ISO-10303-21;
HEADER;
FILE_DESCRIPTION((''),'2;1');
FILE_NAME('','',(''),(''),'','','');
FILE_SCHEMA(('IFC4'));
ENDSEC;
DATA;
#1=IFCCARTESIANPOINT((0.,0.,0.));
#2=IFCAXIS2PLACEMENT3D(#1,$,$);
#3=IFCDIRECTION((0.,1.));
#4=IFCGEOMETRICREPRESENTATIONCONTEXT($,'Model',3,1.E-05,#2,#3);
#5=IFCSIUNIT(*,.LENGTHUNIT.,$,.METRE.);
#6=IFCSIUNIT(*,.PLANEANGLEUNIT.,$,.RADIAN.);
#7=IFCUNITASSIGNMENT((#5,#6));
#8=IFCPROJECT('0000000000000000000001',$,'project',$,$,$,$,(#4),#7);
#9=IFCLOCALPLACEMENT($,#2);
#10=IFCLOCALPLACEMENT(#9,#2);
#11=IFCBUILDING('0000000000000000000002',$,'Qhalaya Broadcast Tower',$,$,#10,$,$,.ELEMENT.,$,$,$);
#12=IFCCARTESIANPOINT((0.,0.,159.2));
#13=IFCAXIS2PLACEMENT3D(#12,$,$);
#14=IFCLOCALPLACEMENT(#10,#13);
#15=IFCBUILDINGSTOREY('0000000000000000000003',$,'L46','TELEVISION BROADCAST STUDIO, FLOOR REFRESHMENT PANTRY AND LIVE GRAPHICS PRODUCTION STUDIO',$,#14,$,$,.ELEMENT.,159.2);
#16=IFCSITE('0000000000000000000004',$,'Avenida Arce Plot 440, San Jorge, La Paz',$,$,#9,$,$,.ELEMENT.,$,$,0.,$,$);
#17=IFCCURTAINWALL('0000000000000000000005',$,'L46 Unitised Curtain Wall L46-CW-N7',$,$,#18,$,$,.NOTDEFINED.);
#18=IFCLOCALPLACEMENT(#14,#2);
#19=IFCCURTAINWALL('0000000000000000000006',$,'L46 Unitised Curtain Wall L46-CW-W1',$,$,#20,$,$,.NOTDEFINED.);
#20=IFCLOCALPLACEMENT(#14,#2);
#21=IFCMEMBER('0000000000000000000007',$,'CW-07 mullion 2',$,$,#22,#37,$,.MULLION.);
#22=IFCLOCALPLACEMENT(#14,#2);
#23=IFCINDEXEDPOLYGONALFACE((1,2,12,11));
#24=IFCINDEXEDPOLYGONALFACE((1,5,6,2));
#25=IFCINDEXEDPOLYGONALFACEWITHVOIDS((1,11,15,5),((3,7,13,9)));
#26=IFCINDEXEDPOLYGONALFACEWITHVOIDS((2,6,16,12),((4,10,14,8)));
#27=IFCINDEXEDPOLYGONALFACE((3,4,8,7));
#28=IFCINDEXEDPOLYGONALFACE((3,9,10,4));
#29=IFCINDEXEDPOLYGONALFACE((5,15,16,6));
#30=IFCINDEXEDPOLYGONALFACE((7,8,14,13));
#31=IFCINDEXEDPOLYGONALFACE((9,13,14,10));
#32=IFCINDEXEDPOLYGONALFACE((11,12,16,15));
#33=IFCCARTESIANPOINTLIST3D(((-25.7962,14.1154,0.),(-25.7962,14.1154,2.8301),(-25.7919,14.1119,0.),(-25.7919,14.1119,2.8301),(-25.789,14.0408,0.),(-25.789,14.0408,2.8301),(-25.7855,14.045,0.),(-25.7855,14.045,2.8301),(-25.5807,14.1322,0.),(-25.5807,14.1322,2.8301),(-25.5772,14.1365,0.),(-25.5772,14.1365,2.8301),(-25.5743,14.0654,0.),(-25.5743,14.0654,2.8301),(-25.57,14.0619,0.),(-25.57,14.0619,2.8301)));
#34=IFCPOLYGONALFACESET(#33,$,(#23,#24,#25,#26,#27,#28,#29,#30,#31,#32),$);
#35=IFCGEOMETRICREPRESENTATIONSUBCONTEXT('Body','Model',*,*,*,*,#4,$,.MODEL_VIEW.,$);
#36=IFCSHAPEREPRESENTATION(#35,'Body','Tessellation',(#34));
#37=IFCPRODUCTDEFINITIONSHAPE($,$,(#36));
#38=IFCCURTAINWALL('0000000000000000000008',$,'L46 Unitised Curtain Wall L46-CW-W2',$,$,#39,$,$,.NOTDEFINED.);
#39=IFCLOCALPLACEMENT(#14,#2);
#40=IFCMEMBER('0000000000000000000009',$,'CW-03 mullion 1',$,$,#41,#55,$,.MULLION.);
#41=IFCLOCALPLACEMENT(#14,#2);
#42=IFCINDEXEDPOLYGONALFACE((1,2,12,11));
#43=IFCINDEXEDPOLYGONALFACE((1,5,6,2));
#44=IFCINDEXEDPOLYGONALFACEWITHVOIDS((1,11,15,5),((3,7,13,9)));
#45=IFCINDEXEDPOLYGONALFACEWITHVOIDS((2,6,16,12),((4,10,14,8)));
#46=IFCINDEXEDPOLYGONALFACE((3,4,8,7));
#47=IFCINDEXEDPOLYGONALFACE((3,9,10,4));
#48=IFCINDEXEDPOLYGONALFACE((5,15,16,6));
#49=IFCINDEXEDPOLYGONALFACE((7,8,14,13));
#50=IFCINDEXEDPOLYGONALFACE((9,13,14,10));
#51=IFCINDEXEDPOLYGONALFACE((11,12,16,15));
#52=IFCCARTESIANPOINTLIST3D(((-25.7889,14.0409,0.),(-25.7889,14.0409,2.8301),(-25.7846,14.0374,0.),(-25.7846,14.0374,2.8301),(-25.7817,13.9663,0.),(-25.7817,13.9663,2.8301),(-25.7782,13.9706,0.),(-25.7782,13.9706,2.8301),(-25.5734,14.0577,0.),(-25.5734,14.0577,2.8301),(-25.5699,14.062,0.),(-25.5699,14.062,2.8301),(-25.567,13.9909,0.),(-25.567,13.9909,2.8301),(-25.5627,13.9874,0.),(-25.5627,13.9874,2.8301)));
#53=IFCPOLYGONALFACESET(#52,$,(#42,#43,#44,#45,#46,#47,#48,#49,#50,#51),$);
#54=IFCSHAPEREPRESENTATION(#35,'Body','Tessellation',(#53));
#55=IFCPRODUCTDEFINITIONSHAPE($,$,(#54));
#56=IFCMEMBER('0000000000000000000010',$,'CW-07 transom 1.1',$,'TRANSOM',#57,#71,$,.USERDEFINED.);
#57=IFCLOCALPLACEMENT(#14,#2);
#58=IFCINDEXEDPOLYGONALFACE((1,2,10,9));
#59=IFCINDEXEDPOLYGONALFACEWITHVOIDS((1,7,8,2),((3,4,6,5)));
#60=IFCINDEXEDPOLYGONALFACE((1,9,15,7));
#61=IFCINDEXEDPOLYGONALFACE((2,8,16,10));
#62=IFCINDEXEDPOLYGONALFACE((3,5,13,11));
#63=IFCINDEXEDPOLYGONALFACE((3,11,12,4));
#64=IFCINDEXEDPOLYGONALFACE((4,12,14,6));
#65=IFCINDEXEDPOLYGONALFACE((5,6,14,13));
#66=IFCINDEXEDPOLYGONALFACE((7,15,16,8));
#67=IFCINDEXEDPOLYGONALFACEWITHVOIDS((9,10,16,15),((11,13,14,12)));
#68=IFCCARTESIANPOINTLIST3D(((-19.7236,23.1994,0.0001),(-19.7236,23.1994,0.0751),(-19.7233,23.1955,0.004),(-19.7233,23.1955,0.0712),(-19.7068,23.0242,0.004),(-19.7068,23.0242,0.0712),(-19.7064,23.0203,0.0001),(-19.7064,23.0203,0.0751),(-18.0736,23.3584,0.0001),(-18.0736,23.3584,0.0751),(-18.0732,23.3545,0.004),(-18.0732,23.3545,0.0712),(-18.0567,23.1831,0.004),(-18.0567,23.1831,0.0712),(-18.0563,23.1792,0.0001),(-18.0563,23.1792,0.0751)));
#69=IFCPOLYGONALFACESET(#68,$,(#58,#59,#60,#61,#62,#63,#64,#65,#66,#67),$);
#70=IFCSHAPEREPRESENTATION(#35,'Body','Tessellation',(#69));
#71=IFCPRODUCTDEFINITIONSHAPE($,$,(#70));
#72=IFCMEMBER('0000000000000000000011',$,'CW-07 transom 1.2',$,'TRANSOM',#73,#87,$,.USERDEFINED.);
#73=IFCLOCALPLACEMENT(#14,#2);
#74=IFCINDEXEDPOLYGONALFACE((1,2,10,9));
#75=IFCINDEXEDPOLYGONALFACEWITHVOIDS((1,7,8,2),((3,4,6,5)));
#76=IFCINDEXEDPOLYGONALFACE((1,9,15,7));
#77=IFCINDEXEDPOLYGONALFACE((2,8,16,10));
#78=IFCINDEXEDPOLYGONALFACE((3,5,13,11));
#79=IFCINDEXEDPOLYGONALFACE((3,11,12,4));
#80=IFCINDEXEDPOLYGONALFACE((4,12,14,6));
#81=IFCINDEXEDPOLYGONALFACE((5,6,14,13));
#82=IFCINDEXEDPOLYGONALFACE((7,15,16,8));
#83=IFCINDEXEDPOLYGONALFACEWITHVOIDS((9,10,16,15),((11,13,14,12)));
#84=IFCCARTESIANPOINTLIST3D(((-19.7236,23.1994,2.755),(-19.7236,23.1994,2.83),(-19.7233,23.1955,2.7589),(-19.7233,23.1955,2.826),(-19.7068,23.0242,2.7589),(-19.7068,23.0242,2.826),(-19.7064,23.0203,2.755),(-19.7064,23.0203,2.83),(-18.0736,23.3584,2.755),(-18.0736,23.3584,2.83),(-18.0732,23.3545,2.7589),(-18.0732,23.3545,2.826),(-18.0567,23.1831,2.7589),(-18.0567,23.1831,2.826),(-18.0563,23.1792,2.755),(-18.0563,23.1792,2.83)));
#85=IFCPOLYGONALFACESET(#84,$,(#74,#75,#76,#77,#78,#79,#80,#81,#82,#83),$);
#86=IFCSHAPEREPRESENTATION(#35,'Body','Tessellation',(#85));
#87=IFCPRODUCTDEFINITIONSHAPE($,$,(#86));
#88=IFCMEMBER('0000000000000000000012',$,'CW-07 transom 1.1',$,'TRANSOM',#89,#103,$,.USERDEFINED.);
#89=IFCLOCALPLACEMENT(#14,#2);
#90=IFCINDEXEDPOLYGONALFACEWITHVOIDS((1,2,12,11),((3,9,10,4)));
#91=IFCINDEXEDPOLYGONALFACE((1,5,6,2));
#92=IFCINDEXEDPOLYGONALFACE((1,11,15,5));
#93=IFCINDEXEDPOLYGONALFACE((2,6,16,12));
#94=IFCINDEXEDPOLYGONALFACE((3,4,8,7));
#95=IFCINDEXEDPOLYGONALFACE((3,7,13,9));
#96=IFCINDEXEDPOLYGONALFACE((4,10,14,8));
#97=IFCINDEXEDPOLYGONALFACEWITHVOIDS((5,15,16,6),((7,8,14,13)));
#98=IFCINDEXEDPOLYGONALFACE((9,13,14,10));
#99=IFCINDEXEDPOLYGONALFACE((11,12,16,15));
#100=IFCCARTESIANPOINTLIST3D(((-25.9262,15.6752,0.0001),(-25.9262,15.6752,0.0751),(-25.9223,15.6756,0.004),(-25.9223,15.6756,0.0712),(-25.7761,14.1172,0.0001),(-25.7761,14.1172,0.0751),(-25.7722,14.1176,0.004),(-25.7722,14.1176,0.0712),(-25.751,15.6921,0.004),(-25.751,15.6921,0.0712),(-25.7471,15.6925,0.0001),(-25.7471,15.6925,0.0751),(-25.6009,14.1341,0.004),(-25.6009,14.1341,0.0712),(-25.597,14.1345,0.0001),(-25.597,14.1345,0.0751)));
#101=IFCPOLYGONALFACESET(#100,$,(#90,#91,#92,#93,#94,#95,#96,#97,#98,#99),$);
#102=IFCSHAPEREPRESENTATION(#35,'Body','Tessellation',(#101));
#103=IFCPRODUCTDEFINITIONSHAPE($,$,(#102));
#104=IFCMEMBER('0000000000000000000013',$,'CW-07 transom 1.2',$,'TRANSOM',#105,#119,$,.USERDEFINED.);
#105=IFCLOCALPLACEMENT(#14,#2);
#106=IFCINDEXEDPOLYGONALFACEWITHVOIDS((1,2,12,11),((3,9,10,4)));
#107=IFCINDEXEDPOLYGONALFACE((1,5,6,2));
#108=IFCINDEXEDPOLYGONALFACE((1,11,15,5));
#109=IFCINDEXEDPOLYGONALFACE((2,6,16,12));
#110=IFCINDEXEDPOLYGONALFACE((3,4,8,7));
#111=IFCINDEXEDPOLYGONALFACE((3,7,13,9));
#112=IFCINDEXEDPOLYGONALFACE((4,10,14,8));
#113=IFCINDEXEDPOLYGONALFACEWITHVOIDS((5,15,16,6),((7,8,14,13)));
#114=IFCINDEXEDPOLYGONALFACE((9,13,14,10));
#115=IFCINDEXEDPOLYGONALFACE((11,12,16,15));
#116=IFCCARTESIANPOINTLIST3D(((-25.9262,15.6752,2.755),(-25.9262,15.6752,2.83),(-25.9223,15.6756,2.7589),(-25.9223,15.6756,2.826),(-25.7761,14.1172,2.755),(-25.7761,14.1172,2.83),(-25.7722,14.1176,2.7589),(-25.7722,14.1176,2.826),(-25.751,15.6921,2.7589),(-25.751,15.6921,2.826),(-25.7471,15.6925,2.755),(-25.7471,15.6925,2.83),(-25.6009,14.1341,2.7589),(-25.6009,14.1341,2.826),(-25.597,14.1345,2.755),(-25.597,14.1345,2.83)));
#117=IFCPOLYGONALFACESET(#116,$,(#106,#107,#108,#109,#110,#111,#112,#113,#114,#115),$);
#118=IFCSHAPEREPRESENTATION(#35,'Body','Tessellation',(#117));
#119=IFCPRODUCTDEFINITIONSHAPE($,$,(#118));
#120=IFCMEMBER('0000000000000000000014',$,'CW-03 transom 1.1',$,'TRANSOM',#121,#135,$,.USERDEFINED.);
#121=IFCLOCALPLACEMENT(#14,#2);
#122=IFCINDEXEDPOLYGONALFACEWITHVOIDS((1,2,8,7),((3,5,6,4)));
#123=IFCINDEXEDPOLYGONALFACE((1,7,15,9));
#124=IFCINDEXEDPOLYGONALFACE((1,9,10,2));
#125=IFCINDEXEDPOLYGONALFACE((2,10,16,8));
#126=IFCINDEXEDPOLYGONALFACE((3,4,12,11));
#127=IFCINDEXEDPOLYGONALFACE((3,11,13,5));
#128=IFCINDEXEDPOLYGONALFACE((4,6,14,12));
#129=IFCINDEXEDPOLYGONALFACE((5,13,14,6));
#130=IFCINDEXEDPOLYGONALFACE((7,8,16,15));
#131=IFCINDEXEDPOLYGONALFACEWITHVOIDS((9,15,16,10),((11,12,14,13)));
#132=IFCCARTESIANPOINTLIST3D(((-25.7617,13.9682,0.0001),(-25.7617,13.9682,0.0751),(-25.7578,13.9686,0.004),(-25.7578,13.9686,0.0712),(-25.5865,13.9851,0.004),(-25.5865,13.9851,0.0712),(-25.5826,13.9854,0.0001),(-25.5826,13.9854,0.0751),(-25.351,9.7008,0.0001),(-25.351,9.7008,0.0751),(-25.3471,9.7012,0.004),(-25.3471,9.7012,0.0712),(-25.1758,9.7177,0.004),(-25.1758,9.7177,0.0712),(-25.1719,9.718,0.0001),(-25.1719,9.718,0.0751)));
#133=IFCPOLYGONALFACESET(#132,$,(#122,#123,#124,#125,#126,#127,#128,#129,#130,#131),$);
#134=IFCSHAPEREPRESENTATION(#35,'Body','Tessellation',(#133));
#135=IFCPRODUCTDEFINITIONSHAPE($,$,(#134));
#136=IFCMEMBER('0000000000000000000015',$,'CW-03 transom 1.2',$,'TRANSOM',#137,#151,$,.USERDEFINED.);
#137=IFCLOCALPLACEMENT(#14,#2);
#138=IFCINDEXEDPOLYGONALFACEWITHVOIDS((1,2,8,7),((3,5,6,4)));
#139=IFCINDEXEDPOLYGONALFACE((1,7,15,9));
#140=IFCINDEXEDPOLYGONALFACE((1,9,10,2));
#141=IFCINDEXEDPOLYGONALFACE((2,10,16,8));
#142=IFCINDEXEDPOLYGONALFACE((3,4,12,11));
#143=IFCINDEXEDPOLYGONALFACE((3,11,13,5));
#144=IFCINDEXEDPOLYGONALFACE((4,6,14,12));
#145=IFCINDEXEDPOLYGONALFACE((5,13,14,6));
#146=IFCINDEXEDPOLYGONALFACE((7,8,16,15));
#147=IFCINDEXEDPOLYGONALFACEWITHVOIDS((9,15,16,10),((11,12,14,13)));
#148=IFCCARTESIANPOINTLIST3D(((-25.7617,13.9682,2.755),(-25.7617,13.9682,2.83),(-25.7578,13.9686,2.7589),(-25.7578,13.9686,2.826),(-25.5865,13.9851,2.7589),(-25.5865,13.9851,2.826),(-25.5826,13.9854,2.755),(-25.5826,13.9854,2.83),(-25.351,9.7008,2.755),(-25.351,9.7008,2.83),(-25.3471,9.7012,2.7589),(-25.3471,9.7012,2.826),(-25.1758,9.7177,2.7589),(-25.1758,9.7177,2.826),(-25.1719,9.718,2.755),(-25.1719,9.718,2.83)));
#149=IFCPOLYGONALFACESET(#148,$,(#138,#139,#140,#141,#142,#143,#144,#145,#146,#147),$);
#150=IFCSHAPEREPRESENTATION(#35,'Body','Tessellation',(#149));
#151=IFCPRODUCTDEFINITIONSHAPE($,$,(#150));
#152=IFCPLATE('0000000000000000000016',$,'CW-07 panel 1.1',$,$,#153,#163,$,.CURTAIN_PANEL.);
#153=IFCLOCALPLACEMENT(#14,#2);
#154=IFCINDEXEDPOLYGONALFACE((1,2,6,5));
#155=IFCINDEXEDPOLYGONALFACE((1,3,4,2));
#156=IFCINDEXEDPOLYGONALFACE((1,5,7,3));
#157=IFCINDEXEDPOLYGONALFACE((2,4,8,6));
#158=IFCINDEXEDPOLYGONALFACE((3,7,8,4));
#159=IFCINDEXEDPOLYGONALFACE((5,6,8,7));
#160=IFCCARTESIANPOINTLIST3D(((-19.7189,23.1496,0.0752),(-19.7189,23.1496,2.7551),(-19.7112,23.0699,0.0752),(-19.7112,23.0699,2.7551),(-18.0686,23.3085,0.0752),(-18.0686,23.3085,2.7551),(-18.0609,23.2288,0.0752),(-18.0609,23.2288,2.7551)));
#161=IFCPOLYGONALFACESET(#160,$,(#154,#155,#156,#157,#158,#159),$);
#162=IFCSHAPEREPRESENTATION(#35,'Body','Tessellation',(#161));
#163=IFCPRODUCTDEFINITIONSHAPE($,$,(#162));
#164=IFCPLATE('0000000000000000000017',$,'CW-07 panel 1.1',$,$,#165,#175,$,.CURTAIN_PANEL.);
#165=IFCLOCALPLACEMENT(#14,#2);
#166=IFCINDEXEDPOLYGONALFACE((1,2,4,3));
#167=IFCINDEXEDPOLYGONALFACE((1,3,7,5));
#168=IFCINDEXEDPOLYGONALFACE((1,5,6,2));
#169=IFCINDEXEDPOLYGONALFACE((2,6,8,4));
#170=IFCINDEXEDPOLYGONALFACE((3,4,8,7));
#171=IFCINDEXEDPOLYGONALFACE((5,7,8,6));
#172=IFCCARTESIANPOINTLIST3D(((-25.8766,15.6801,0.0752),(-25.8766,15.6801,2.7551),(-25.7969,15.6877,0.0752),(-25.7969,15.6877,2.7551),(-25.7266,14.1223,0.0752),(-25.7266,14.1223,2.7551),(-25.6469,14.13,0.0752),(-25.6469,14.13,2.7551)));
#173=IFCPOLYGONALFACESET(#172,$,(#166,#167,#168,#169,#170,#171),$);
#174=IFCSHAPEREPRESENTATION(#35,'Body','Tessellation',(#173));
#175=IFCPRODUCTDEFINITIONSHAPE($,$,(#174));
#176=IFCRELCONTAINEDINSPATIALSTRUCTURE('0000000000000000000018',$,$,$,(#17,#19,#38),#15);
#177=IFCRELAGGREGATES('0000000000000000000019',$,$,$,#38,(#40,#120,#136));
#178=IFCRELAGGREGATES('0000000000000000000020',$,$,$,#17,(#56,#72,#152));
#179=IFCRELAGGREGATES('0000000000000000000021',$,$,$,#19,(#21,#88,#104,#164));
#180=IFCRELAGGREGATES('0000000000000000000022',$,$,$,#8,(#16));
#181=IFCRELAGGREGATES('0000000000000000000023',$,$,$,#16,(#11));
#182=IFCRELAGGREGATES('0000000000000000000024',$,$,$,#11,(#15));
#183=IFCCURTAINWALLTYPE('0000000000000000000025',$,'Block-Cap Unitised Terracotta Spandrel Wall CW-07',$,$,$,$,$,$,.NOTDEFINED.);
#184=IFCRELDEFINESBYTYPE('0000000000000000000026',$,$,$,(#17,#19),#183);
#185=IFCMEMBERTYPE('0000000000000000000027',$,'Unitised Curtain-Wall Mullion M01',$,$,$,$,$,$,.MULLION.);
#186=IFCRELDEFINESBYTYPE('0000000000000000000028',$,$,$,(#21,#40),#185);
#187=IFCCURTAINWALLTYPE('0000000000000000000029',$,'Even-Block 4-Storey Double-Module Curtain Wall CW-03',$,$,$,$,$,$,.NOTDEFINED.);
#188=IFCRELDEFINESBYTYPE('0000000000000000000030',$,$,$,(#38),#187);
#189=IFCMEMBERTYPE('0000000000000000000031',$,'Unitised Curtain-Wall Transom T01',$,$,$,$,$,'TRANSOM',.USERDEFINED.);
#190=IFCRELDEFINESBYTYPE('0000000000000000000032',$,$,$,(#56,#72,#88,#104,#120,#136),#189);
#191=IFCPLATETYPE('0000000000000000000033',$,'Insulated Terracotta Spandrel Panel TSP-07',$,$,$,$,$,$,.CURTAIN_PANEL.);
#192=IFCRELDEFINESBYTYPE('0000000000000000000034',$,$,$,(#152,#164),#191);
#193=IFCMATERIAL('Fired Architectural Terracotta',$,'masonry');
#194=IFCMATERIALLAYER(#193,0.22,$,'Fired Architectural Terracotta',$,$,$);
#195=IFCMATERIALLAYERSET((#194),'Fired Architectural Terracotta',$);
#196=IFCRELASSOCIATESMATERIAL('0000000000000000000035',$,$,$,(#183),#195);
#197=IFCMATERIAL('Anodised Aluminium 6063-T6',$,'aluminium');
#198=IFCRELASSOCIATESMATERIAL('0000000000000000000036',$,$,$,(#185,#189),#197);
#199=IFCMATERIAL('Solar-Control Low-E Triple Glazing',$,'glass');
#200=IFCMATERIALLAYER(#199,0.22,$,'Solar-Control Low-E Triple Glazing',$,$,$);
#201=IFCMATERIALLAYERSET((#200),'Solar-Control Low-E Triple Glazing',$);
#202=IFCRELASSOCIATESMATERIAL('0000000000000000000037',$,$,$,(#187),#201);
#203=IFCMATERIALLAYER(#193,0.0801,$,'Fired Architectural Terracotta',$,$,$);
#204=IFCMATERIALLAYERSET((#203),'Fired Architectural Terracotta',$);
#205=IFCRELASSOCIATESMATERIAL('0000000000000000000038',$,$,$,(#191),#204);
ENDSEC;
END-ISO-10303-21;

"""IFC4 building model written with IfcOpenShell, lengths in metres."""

from ifc_helpers import new_model, si_unit, direction, frame, origin, origin_2d, place, context, subcontext, project, spatial, rectangle, hollow_rectangle, extrude, material, layer, layer_set, material_profile, profile_set, type_object, element, aggregate, save


model = new_model("IFC4")

# Units and contexts
model_context = context("Model", 3, precision=1e-05, world=origin(), true_north=direction((0.0, 1.0)))
body_context = subcontext(model_context, "Body", "Model", "MODEL_VIEW")
ifc_project = project(units=[si_unit("LENGTHUNIT", "METRE"), si_unit("PLANEANGLEUNIT", "RADIAN")], contexts=[model_context])

# Site, building, storey
site_placement = place(None, origin())
site = spatial("IfcSite", under=ifc_project, at=site_placement, Name="Avenida Arce Plot 440, San Jorge, La Paz", CompositionType="ELEMENT", RefElevation=0.0)
building_placement = place(site_placement, origin())
building = spatial("IfcBuilding", under=site, at=building_placement, Name="Qhalaya Broadcast Tower", CompositionType="ELEMENT")
storey_placement = place(building_placement, frame((0.0, 0.0, 159.2)))
storey = spatial("IfcBuildingStorey", under=building, at=storey_placement, Name="L46", Description="TELEVISION BROADCAST STUDIO, FLOOR REFRESHMENT PANTRY AND LIVE GRAPHICS PRODUCTION STUDIO", CompositionType="ELEMENT", Elevation=159.2)

# Shared definitions
ifc_material_1 = material(Name="Fired Architectural Terracotta", Category="masonry")

# Curtain wall
ifc_layer_1 = layer(ifc_material_1, 0.22, Name="Fired Architectural Terracotta")
ifc_layer_set_1 = layer_set([ifc_layer_1], Name="Fired Architectural Terracotta")
curtain_wall_type_1 = type_object("IfcCurtainWallType", Name="Block-Cap Unitised Terracotta Spandrel Wall CW-07", PredefinedType="NOTDEFINED", material=ifc_layer_set_1)
curtain_wall_1_placement = place(storey_placement, origin())
curtain_wall_1 = element("IfcCurtainWall", 1, at=curtain_wall_1_placement, inside=storey, type_object=curtain_wall_type_1, Name="L46 Unitised Curtain Wall L46-CW-N7", PredefinedType="NOTDEFINED")
ifc_material_2 = material(Name="Anodised Aluminium 6063-T6", Category="aluminium")
ifc_material_profile_1 = material_profile(ifc_material_2, hollow_rectangle(XDim=0.075, YDim=0.22, WallThickness=0.0039, at=origin_2d()), Name="ALU-MUL 75x220x4")
ifc_profile_set_1 = profile_set([ifc_material_profile_1], Name="Anodised Aluminium 6063-T6")
member_type_1 = type_object("IfcMemberType", Name="Unitised Curtain-Wall Mullion M01", PredefinedType="MULLION", material=ifc_profile_set_1)

# Curtain wall, member
curtain_wall_2_placement = place(storey_placement, origin())
curtain_wall_2 = element("IfcCurtainWall", 2, at=curtain_wall_2_placement, inside=storey, type_object=curtain_wall_type_1, Name="L46 Unitised Curtain Wall L46-CW-W1", PredefinedType="NOTDEFINED")
member_1_placement = place(storey_placement, frame((-25.6831, 14.0886, 0.0), z_axis=(0.0, 0.0, 1.0), x_axis=(0.09586, -0.995395, 0.0)))
member_1 = element("IfcMember", 3, at=member_1_placement, type_object=member_type_1, Name="CW-07 mullion 2", PredefinedType="MULLION", context=body_context, shape_type="SweptSolid", body=[
    extrude(hollow_rectangle(XDim=0.075, YDim=0.22, WallThickness=0.0039, at=origin_2d()), origin(), (0.0, 0.0, 1.0), 2.8301),
])

# Curtain wall, member
ifc_material_3 = material(Name="Solar-Control Low-E Triple Glazing", Category="glass")
ifc_layer_2 = layer(ifc_material_3, 0.22, Name="Solar-Control Low-E Triple Glazing")
ifc_layer_set_2 = layer_set([ifc_layer_2], Name="Solar-Control Low-E Triple Glazing")
curtain_wall_type_2 = type_object("IfcCurtainWallType", Name="Even-Block 4-Storey Double-Module Curtain Wall CW-03", PredefinedType="NOTDEFINED", material=ifc_layer_set_2)
curtain_wall_3_placement = place(storey_placement, origin())
curtain_wall_3 = element("IfcCurtainWall", 4, at=curtain_wall_3_placement, inside=storey, type_object=curtain_wall_type_2, Name="L46 Unitised Curtain Wall L46-CW-W2", PredefinedType="NOTDEFINED")
member_2_placement = place(storey_placement, frame((-25.6758, 14.0142, 0.0), z_axis=(0.0, 0.0, 1.0), x_axis=(0.09583, -0.995398, 0.0)))
member_2 = element("IfcMember", 5, at=member_2_placement, type_object=member_type_1, Name="CW-03 mullion 1", PredefinedType="MULLION", context=body_context, shape_type="SweptSolid", body=[
    extrude(hollow_rectangle(XDim=0.075, YDim=0.22, WallThickness=0.0039, at=origin_2d()), origin(), (0.0, 0.0, 1.0), 2.8301),
])

# Members
ifc_material_profile_2 = material_profile(ifc_material_2, hollow_rectangle(XDim=0.075, YDim=0.1799, WallThickness=0.0039, at=origin_2d()), Name="ALU-TRN 75x180x4")
ifc_profile_set_2 = profile_set([ifc_material_profile_2], Name="Anodised Aluminium 6063-T6")
member_type_2 = type_object("IfcMemberType", Name="Unitised Curtain-Wall Transom T01", ElementType="TRANSOM", PredefinedType="USERDEFINED", material=ifc_profile_set_2)
member_3_placement = place(storey_placement, frame((-18.0649, 23.2688, 0.0376), z_axis=(-0.995394, -0.095872, 0.0), x_axis=(0.0, 0.0, 1.0)))
member_3 = element("IfcMember", 6, at=member_3_placement, type_object=member_type_2, Name="CW-07 transom 1.1", ObjectType="TRANSOM", PredefinedType="USERDEFINED", context=body_context, shape_type="SweptSolid", body=[
    extrude(hollow_rectangle(XDim=0.075, YDim=0.1799, WallThickness=0.0039, at=origin_2d()), origin(), (0.0, 0.0, 1.0), 1.6577),
])
member_4_placement = place(storey_placement, frame((-18.0649, 23.2688, 2.7925), z_axis=(-0.995394, -0.095872, 0.0), x_axis=(0.0, 0.0, 1.0)))
member_4 = element("IfcMember", 7, at=member_4_placement, type_object=member_type_2, Name="CW-07 transom 1.2", ObjectType="TRANSOM", PredefinedType="USERDEFINED", context=body_context, shape_type="SweptSolid", body=[
    extrude(hollow_rectangle(XDim=0.075, YDim=0.1799, WallThickness=0.0039, at=origin_2d()), origin(), (0.0, 0.0, 1.0), 1.6577),
])
member_5_placement = place(storey_placement, frame((-25.8367, 15.6838, 0.0376), z_axis=(0.095935, -0.995388, 0.0), x_axis=(0.0, 0.0, 1.0)))
member_5 = element("IfcMember", 8, at=member_5_placement, type_object=member_type_2, Name="CW-07 transom 1.1", ObjectType="TRANSOM", PredefinedType="USERDEFINED", context=body_context, shape_type="SweptSolid", body=[
    extrude(hollow_rectangle(XDim=0.075, YDim=0.1799, WallThickness=0.0039, at=origin_2d()), origin(), (0.0, 0.0, 1.0), 1.5652),
])
member_6_placement = place(storey_placement, frame((-25.8367, 15.6838, 2.7925), z_axis=(0.095935, -0.995388, 0.0), x_axis=(0.0, 0.0, 1.0)))
member_6 = element("IfcMember", 9, at=member_6_placement, type_object=member_type_2, Name="CW-07 transom 1.2", ObjectType="TRANSOM", PredefinedType="USERDEFINED", context=body_context, shape_type="SweptSolid", body=[
    extrude(hollow_rectangle(XDim=0.075, YDim=0.1799, WallThickness=0.0039, at=origin_2d()), origin(), (0.0, 0.0, 1.0), 1.5652),
])
member_7_placement = place(storey_placement, frame((-25.6721, 13.9768, 0.0376), z_axis=(0.095787, -0.995402, 0.0), x_axis=(0.0, 0.0, 1.0)))
member_7 = element("IfcMember", 10, at=member_7_placement, type_object=member_type_2, Name="CW-03 transom 1.1", ObjectType="TRANSOM", PredefinedType="USERDEFINED", context=body_context, shape_type="SweptSolid", body=[
    extrude(hollow_rectangle(XDim=0.075, YDim=0.1799, WallThickness=0.0039, at=origin_2d()), origin(), (0.0, 0.0, 1.0), 4.2871),
])
member_8_placement = place(storey_placement, frame((-25.6721, 13.9768, 2.7925), z_axis=(0.095787, -0.995402, 0.0), x_axis=(0.0, 0.0, 1.0)))
member_8 = element("IfcMember", 11, at=member_8_placement, type_object=member_type_2, Name="CW-03 transom 1.2", ObjectType="TRANSOM", PredefinedType="USERDEFINED", context=body_context, shape_type="SweptSolid", body=[
    extrude(hollow_rectangle(XDim=0.075, YDim=0.1799, WallThickness=0.0039, at=origin_2d()), origin(), (0.0, 0.0, 1.0), 4.2871),
])
aggregate(curtain_wall_3, [member_2, member_7, member_8])

# Plates
ifc_layer_3 = layer(ifc_material_1, 0.0801, Name="Fired Architectural Terracotta")
ifc_layer_set_3 = layer_set([ifc_layer_3], Name="Fired Architectural Terracotta")
plate_type = type_object("IfcPlateType", Name="Insulated Terracotta Spandrel Panel TSP-07", PredefinedType="CURTAIN_PANEL", material=ifc_layer_set_3)
plate_1_placement = place(storey_placement, frame((-18.8899, 23.1892, 0.0752), z_axis=(0.0, 0.0, 1.0), x_axis=(-0.995395, -0.095856, 0.0)))
plate_1 = element("IfcPlate", 12, at=plate_1_placement, type_object=plate_type, Name="CW-07 panel 1.1", PredefinedType="CURTAIN_PANEL", context=body_context, shape_type="SweptSolid", body=[
    extrude(rectangle(XDim=1.658, YDim=0.0801, at=origin_2d()), origin(), (0.0, 0.0, 1.0), 2.6799),
])
aggregate(curtain_wall_1, [member_3, member_4, plate_1])
plate_2_placement = place(storey_placement, frame((-25.7617, 14.905, 0.0752), z_axis=(0.0, 0.0, 1.0), x_axis=(0.09586, -0.995395, 0.0)))
plate_2 = element("IfcPlate", 13, at=plate_2_placement, type_object=plate_type, Name="CW-07 panel 1.1", PredefinedType="CURTAIN_PANEL", context=body_context, shape_type="SweptSolid", body=[
    extrude(rectangle(XDim=1.5649, YDim=0.0801, at=origin_2d()), origin(), (0.0, 0.0, 1.0), 2.6799),
])
aggregate(curtain_wall_2, [member_1, member_5, member_6, plate_2])

save(model, "model.ifc")
